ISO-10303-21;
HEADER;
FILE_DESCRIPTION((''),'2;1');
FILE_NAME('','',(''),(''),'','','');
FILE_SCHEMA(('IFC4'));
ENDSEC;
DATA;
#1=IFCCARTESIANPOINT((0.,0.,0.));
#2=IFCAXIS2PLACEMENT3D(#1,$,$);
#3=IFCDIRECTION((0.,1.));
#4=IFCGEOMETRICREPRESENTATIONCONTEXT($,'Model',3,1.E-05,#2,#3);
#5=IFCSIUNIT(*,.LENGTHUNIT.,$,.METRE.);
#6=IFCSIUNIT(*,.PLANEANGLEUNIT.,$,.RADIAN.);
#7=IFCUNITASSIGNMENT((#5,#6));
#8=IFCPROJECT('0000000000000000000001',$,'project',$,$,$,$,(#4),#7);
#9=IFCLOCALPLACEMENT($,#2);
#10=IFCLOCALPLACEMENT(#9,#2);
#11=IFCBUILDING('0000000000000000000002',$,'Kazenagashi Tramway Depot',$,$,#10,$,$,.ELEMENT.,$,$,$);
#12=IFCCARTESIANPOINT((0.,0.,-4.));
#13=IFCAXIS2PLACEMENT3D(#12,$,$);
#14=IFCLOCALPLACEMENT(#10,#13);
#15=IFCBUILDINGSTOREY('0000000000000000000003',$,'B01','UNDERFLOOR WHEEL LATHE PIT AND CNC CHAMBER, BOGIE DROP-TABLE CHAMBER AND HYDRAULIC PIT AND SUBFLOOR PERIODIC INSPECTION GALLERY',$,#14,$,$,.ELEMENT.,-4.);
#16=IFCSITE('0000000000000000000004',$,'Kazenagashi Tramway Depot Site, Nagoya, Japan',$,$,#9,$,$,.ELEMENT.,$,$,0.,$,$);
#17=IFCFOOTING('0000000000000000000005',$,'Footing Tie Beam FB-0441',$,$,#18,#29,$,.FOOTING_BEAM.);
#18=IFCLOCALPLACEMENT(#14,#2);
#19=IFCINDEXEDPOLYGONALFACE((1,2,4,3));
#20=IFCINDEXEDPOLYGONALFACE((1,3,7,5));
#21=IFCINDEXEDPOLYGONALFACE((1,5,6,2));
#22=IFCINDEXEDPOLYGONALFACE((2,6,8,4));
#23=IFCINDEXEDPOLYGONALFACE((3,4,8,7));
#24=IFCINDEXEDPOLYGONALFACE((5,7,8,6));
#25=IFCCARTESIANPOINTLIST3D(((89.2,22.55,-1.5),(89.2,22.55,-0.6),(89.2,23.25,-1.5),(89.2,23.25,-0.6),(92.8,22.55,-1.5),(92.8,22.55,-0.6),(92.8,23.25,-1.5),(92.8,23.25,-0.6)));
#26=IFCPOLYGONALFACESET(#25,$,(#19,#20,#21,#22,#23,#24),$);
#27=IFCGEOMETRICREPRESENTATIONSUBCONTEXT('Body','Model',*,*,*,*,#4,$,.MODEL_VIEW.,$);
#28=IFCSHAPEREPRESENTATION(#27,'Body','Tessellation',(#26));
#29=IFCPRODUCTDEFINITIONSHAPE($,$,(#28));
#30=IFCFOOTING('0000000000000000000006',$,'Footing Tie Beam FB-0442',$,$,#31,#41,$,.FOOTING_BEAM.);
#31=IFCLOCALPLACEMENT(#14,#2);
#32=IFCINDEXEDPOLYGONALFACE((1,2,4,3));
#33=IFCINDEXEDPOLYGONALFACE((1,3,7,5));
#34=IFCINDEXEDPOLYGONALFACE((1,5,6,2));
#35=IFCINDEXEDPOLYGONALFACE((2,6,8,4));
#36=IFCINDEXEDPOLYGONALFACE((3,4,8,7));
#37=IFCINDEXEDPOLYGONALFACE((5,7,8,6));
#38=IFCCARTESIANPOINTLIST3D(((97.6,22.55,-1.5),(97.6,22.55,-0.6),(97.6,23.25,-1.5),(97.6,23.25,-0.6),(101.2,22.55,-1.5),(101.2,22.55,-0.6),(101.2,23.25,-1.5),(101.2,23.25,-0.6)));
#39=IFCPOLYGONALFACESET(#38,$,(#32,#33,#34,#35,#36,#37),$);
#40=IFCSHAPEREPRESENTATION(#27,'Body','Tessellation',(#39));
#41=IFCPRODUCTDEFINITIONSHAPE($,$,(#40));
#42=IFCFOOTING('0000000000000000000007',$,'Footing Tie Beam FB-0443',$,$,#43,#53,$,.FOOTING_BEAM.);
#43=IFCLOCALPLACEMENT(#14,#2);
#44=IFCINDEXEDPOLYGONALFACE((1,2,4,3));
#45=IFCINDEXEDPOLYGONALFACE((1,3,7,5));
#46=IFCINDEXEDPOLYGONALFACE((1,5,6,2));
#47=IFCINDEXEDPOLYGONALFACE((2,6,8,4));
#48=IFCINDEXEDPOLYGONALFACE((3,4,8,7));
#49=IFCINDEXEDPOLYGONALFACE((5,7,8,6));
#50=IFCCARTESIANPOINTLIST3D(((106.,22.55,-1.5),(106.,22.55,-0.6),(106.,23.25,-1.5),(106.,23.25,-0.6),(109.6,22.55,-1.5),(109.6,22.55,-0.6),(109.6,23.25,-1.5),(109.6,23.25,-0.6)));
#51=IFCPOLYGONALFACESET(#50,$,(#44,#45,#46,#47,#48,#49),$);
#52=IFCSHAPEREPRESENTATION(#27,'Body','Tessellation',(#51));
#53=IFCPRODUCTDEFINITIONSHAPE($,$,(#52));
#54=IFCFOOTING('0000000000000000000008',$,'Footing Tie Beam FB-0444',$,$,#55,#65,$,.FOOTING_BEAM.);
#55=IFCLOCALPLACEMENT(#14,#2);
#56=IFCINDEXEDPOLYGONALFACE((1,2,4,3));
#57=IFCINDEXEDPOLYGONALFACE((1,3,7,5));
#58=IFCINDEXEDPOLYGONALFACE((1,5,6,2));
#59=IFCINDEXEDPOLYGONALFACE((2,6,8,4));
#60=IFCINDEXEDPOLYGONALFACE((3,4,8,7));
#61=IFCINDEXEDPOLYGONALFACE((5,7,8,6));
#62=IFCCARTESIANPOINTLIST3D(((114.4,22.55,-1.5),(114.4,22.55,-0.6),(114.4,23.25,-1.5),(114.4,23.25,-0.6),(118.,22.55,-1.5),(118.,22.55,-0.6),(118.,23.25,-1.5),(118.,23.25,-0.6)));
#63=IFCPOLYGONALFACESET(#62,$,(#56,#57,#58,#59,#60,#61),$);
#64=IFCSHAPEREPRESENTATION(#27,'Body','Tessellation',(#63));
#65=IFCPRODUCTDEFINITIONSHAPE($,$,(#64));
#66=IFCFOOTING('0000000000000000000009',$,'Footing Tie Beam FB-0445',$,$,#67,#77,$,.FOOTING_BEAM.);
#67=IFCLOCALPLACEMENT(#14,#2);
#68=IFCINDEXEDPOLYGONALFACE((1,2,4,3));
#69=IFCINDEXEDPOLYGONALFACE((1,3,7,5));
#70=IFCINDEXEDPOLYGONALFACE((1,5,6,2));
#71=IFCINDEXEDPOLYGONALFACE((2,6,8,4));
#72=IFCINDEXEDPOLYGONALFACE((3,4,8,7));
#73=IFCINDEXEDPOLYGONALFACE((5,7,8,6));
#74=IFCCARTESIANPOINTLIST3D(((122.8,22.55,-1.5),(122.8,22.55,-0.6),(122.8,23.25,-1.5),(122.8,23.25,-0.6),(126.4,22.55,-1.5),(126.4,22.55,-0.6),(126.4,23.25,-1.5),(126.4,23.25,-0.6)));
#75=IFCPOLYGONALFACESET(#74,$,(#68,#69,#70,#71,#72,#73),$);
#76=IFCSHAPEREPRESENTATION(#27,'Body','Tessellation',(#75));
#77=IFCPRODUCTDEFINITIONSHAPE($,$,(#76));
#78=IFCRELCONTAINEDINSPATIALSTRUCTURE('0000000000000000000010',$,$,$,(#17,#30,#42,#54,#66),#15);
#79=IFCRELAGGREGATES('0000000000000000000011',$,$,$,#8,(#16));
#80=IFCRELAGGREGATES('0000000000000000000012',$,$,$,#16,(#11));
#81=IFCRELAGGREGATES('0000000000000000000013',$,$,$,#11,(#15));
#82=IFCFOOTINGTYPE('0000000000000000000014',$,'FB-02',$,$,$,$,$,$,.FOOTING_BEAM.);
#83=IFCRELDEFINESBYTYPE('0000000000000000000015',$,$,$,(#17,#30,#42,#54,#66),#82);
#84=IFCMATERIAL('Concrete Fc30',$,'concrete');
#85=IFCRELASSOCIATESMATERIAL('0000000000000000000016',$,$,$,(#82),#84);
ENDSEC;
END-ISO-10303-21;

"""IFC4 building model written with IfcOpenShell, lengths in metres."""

from ifc_helpers import new_model, si_unit, direction, frame, origin, place, context, subcontext, project, spatial, polyline, outline, extrude, material, type_object, element, save


model = new_model("IFC4")

# Units and contexts
model_context = context("Model", 3, precision=1e-05, world=origin(), true_north=direction((0.0, 1.0)))
body_context = subcontext(model_context, "Body", "Model", "MODEL_VIEW")
ifc_project = project(units=[si_unit("LENGTHUNIT", "METRE"), si_unit("PLANEANGLEUNIT", "RADIAN")], contexts=[model_context])

# Site, building, storey
site_placement = place(None, origin())
site = spatial("IfcSite", under=ifc_project, at=site_placement, Name="Kazenagashi Tramway Depot Site, Nagoya, Japan", CompositionType="ELEMENT", RefElevation=0.0)
building_placement = place(site_placement, origin())
building = spatial("IfcBuilding", under=site, at=building_placement, Name="Kazenagashi Tramway Depot", CompositionType="ELEMENT")
storey_placement = place(building_placement, frame((0.0, 0.0, -4.0)))
storey = spatial("IfcBuildingStorey", under=building, at=storey_placement, Name="B01", Description="UNDERFLOOR WHEEL LATHE PIT AND CNC CHAMBER, BOGIE DROP-TABLE CHAMBER AND HYDRAULIC PIT AND SUBFLOOR PERIODIC INSPECTION GALLERY", CompositionType="ELEMENT", Elevation=-4.0)

# Footings
ifc_material = material(Name="Concrete Fc30", Category="concrete")
footing_type = type_object("IfcFootingType", Name="FB-02", PredefinedType="FOOTING_BEAM", material=ifc_material)
footing_1_placement = place(storey_placement, frame((0.0, 0.0, -1.5)))
element("IfcFooting", 1, at=footing_1_placement, inside=storey, type_object=footing_type, Name="Footing Tie Beam FB-0441", PredefinedType="FOOTING_BEAM", context=body_context, shape_type="SweptSolid", body=[
    extrude(outline(polyline([(89.2, 22.55), (92.8, 22.55), (92.8, 23.25), (89.2, 23.25), (89.2, 22.55)])), origin(), (0.0, 0.0, 1.0), 0.9),
])
footing_2_placement = place(storey_placement, frame((0.0, 0.0, -1.5)))
element("IfcFooting", 2, at=footing_2_placement, inside=storey, type_object=footing_type, Name="Footing Tie Beam FB-0442", PredefinedType="FOOTING_BEAM", context=body_context, shape_type="SweptSolid", body=[
    extrude(outline(polyline([(97.6, 22.55), (101.2, 22.55), (101.2, 23.25), (97.6, 23.25), (97.6, 22.55)])), origin(), (0.0, 0.0, 1.0), 0.9),
])
footing_3_placement = place(storey_placement, frame((0.0, 0.0, -1.5)))
element("IfcFooting", 3, at=footing_3_placement, inside=storey, type_object=footing_type, Name="Footing Tie Beam FB-0443", PredefinedType="FOOTING_BEAM", context=body_context, shape_type="SweptSolid", body=[
    extrude(outline(polyline([(106.0, 22.55), (109.6, 22.55), (109.6, 23.25), (106.0, 23.25), (106.0, 22.55)])), origin(), (0.0, 0.0, 1.0), 0.9),
])
footing_4_placement = place(storey_placement, frame((0.0, 0.0, -1.5)))
element("IfcFooting", 4, at=footing_4_placement, inside=storey, type_object=footing_type, Name="Footing Tie Beam FB-0444", PredefinedType="FOOTING_BEAM", context=body_context, shape_type="SweptSolid", body=[
    extrude(outline(polyline([(114.4, 22.55), (118.0, 22.55), (118.0, 23.25), (114.4, 23.25), (114.4, 22.55)])), origin(), (0.0, 0.0, 1.0), 0.9),
])
footing_5_placement = place(storey_placement, frame((0.0, 0.0, -1.5)))
element("IfcFooting", 5, at=footing_5_placement, inside=storey, type_object=footing_type, Name="Footing Tie Beam FB-0445", PredefinedType="FOOTING_BEAM", context=body_context, shape_type="SweptSolid", body=[
    extrude(outline(polyline([(122.8, 22.55), (126.4, 22.55), (126.4, 23.25), (122.8, 23.25), (122.8, 22.55)])), origin(), (0.0, 0.0, 1.0), 0.9),
])

save(model, "model.ifc")
